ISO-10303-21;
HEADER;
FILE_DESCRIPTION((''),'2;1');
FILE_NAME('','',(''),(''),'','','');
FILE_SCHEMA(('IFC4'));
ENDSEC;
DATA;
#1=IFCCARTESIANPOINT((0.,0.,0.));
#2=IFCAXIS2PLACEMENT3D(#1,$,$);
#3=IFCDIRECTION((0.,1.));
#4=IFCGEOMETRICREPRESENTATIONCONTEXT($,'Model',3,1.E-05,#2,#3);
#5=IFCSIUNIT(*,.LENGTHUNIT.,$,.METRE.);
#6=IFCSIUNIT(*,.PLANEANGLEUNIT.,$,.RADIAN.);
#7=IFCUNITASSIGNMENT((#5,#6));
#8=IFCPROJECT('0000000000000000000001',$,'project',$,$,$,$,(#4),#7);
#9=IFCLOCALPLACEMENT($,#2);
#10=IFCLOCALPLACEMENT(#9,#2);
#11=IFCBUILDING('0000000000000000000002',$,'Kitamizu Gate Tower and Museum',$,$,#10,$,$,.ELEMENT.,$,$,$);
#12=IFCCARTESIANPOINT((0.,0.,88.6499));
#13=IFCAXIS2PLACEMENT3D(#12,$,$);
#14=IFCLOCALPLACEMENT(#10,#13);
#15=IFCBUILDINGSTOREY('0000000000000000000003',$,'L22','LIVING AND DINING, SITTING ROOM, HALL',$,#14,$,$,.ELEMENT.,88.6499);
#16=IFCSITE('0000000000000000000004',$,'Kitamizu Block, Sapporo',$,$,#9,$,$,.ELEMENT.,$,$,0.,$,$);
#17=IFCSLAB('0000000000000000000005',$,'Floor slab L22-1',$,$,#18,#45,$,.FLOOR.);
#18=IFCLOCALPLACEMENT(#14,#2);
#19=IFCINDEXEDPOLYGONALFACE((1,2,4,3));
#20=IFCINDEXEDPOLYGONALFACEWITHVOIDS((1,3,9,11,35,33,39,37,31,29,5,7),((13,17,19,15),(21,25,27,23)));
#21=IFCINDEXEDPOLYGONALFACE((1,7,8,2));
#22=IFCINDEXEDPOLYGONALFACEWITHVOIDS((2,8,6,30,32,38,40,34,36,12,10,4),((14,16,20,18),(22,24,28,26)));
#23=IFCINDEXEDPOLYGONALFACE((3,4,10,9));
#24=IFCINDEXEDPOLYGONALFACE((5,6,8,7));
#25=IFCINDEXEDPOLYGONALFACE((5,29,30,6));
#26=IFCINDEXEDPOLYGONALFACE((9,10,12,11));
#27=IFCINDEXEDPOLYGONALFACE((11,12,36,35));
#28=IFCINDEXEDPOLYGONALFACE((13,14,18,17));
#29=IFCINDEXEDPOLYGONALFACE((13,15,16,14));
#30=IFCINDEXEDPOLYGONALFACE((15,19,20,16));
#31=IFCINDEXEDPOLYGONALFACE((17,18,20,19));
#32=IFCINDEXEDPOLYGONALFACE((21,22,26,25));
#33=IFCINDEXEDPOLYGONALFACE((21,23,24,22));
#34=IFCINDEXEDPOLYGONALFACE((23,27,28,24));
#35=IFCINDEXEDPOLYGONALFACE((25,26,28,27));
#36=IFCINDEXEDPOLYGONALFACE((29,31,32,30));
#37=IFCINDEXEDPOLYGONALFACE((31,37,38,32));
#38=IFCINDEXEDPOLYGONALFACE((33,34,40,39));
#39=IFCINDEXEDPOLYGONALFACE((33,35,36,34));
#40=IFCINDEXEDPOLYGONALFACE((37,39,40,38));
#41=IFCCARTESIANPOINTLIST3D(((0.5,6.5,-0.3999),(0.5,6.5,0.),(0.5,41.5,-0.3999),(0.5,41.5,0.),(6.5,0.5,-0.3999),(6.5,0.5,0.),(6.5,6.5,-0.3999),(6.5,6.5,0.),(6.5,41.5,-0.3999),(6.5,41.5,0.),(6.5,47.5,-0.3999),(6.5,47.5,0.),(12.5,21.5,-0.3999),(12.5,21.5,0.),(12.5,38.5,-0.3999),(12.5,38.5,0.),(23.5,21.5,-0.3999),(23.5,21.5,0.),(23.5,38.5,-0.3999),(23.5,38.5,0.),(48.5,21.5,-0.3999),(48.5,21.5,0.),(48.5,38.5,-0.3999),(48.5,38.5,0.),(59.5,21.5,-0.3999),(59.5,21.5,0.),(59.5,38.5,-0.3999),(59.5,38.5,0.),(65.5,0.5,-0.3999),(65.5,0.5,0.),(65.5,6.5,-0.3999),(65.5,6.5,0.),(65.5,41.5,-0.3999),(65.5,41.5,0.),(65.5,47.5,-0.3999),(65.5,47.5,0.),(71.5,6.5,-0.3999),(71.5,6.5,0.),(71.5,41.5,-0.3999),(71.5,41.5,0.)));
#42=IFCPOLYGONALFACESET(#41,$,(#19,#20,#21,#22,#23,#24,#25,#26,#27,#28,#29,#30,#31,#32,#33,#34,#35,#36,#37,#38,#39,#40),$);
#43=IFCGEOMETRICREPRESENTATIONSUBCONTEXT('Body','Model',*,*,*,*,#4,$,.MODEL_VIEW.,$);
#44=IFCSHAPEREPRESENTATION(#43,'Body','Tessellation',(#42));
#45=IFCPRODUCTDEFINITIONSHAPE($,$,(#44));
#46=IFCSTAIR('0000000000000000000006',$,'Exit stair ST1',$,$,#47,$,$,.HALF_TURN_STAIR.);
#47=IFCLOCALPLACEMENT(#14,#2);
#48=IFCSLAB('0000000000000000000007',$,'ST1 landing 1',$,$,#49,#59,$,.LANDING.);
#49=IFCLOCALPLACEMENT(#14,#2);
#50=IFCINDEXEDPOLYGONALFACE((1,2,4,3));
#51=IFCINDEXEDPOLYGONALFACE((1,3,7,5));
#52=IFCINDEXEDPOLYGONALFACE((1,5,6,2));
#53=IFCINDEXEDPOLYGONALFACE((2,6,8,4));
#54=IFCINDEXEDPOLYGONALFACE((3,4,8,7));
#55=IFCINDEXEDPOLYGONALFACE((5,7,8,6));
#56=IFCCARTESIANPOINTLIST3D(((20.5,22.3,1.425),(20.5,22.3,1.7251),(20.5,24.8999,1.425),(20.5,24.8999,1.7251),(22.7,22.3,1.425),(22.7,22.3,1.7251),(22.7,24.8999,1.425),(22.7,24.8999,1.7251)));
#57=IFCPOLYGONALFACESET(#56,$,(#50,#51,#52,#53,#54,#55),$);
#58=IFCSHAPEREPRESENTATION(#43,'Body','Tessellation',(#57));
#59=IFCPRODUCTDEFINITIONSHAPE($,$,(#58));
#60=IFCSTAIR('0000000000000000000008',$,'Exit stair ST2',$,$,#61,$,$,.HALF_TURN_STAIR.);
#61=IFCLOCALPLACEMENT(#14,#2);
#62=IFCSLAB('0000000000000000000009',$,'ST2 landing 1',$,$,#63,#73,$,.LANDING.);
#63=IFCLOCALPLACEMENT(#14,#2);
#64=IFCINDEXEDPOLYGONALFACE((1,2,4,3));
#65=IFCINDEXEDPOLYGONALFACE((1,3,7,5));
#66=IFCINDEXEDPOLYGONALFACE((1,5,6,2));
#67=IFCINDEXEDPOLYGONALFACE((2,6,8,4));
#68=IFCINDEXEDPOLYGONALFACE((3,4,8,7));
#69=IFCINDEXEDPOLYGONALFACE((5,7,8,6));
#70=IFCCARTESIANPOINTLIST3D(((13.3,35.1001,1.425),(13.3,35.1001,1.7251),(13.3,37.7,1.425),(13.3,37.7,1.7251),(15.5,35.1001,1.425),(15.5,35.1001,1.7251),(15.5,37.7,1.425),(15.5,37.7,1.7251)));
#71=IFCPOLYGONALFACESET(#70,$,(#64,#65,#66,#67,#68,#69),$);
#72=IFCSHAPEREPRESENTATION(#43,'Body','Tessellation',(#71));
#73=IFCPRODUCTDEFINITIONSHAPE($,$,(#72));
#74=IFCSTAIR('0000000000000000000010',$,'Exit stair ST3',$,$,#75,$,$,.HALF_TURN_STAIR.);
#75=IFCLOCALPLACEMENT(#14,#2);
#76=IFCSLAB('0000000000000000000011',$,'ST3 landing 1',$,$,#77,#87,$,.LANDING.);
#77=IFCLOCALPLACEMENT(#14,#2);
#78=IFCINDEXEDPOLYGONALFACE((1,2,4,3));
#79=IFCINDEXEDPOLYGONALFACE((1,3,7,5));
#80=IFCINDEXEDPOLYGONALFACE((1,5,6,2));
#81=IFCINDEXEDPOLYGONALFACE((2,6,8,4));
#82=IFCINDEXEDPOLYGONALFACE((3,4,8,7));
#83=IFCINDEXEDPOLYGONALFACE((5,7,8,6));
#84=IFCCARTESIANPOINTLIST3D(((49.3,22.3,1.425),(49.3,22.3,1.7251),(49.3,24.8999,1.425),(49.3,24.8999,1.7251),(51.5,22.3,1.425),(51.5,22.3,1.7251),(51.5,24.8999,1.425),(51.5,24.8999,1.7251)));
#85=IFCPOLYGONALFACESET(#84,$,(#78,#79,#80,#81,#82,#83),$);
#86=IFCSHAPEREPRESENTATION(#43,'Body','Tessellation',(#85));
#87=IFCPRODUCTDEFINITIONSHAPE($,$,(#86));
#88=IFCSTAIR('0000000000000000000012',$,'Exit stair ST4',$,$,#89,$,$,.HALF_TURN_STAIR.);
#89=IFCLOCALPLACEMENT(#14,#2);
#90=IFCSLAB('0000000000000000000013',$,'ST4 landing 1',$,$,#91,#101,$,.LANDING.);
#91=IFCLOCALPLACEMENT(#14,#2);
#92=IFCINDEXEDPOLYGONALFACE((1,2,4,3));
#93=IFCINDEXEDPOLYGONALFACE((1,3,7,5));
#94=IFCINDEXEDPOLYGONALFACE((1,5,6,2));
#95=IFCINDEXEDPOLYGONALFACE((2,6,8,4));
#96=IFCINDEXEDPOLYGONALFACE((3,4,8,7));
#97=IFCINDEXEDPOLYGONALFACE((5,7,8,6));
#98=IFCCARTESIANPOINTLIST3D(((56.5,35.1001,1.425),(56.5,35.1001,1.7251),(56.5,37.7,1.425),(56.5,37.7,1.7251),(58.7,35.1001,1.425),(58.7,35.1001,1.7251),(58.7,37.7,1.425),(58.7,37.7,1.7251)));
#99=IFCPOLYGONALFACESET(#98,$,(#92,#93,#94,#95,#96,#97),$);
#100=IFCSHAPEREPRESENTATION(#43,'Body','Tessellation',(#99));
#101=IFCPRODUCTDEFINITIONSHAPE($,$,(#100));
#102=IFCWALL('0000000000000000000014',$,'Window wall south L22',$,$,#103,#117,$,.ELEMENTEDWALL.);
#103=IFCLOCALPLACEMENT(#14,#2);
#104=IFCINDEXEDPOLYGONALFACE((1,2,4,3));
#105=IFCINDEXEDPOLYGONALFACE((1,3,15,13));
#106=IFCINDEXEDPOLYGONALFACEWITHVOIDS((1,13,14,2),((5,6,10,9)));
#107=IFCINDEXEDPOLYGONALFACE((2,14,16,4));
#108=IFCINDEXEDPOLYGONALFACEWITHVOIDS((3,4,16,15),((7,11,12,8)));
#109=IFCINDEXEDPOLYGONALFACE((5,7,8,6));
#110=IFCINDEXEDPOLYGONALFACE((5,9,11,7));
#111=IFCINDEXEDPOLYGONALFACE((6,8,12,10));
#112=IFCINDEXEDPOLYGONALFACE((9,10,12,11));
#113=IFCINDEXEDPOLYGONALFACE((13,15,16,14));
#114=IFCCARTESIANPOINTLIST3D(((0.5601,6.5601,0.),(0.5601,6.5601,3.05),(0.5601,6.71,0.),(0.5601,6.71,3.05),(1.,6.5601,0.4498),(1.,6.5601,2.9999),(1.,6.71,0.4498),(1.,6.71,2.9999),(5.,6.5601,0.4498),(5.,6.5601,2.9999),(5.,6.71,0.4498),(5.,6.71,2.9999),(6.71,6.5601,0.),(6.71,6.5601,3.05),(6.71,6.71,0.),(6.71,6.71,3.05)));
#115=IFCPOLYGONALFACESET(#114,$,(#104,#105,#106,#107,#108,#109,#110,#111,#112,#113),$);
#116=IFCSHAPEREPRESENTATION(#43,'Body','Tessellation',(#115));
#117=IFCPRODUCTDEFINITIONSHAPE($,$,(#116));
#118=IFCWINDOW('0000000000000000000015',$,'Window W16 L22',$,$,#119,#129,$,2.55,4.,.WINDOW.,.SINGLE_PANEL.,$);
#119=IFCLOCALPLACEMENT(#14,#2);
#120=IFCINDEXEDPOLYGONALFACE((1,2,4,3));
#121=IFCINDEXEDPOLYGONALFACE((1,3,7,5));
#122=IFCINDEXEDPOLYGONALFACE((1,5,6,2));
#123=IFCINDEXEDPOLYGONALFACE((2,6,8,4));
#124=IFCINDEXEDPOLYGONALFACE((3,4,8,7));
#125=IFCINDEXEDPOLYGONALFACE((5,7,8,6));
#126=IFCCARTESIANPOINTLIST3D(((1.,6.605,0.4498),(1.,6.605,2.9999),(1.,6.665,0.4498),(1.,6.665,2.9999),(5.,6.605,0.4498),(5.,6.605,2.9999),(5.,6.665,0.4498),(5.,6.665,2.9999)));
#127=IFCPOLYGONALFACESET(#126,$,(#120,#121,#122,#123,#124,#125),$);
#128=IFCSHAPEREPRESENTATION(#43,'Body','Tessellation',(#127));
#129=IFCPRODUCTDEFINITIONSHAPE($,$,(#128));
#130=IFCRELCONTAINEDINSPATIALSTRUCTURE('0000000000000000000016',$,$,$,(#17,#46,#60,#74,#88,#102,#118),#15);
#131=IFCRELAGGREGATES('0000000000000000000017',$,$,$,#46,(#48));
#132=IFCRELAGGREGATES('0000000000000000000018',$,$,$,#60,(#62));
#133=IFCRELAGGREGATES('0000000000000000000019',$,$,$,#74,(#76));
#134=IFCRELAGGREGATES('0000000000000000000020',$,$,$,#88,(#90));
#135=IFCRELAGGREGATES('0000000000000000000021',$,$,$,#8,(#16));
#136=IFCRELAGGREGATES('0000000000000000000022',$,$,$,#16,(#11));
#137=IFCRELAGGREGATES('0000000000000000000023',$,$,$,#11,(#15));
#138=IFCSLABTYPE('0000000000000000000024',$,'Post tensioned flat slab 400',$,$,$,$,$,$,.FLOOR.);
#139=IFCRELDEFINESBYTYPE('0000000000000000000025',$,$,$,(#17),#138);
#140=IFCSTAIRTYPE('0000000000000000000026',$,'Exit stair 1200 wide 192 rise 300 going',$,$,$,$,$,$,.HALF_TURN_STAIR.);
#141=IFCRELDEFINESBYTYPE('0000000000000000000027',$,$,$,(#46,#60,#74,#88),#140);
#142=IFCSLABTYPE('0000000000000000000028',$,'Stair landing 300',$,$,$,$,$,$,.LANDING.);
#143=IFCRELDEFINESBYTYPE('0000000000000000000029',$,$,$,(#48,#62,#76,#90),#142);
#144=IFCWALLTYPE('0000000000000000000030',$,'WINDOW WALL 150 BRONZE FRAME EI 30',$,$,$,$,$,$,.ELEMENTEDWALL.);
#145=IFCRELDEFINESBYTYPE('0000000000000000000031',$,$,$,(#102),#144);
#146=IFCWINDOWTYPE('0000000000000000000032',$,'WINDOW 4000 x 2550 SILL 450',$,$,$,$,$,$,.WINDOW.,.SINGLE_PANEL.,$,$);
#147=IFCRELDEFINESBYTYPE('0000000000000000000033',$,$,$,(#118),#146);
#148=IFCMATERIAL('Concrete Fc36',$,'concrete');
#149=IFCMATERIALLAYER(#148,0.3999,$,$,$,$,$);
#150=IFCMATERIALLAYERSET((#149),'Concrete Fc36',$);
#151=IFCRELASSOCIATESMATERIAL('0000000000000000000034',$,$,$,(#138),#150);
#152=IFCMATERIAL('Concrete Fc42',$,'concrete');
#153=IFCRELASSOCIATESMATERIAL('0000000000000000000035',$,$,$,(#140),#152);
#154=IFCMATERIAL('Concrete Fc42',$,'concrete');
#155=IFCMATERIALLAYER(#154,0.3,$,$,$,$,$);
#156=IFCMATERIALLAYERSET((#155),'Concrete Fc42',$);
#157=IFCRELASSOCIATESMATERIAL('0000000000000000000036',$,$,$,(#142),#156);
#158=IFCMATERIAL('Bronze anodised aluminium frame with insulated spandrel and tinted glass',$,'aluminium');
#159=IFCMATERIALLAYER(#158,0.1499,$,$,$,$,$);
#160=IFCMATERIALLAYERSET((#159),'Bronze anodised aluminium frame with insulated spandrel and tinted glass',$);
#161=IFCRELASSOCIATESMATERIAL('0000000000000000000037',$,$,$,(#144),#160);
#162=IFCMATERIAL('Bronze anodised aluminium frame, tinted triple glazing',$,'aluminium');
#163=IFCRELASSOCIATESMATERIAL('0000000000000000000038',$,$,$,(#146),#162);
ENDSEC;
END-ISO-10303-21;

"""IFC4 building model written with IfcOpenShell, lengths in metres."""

from ifc_helpers import new_model, si_unit, direction, frame, frame_2d, origin, place, context, subcontext, project, spatial, polyline, rectangle, outline, extrude, material, layer, layer_set, type_object, element, fill, aggregate, save


model = new_model("IFC4")

# Units and contexts
model_context = context("Model", 3, precision=1e-05, world=origin(), true_north=direction((0.0, 1.0)))
body_context = subcontext(model_context, "Body", "Model", "MODEL_VIEW")
ifc_project = project(units=[si_unit("LENGTHUNIT", "METRE"), si_unit("PLANEANGLEUNIT", "RADIAN")], contexts=[model_context])

# Site, building, storey
site_placement = place(None, origin())
site = spatial("IfcSite", under=ifc_project, at=site_placement, Name="Kitamizu Block, Sapporo", CompositionType="ELEMENT", RefElevation=0.0)
building_placement = place(site_placement, origin())
building = spatial("IfcBuilding", under=site, at=building_placement, Name="Kitamizu Gate Tower and Museum", CompositionType="ELEMENT")
storey_placement = place(building_placement, frame((0.0, 0.0, 88.6499)))
storey = spatial("IfcBuildingStorey", under=building, at=storey_placement, Name="L22", Description="LIVING AND DINING, SITTING ROOM, HALL", CompositionType="ELEMENT", Elevation=88.6499)

# Slab
ifc_material_1 = material(Name="Concrete Fc36", Category="concrete")
ifc_layer_1 = layer(ifc_material_1, 0.3999)
ifc_layer_set_1 = layer_set([ifc_layer_1], Name="Concrete Fc36")
slab_type_1 = type_object("IfcSlabType", Name="Post tensioned flat slab 400", PredefinedType="FLOOR", material=ifc_layer_set_1)
slab_1_placement = place(storey_placement, frame((0.0, 0.0, -0.3999)))
element("IfcSlab", 1, at=slab_1_placement, inside=storey, type_object=slab_type_1, Name="Floor slab L22-1", PredefinedType="FLOOR", context=body_context, shape_type="SweptSolid", body=[
    extrude(outline(polyline([(0.5, 6.5), (0.5, 41.5), (6.5, 41.5), (6.5, 47.5), (65.5, 47.5), (65.5, 41.5), (71.5, 41.5), (71.5, 6.5), (65.5, 6.5), (65.5, 0.5), (6.5, 0.5), (6.5, 6.5), (0.5, 6.5)]), holes=[polyline([(59.5, 38.5), (48.5, 38.5), (48.5, 21.5), (59.5, 21.5), (59.5, 38.5)]), polyline([(12.5, 38.5), (12.5, 21.5), (23.5, 21.5), (23.5, 38.5), (12.5, 38.5)])]), origin(), (0.0, 0.0, 1.0), 0.3999),
])

# Stairs, slabs
ifc_material_2 = material(Name="Concrete Fc42", Category="concrete")
stair_type = type_object("IfcStairType", Name="Exit stair 1200 wide 192 rise 300 going", PredefinedType="HALF_TURN_STAIR", material=ifc_material_2)
stair_1_placement = place(storey_placement, origin())
stair_1 = element("IfcStair", 2, at=stair_1_placement, inside=storey, type_object=stair_type, Name="Exit stair ST1", PredefinedType="HALF_TURN_STAIR")
ifc_material_3 = material(Name="Concrete Fc42", Category="concrete")
ifc_layer_2 = layer(ifc_material_3, 0.3)
ifc_layer_set_2 = layer_set([ifc_layer_2], Name="Concrete Fc42")
slab_type_2 = type_object("IfcSlabType", Name="Stair landing 300", PredefinedType="LANDING", material=ifc_layer_set_2)
slab_2_placement = place(storey_placement, frame((0.0, 0.0, 1.425)))
slab_2 = element("IfcSlab", 3, at=slab_2_placement, type_object=slab_type_2, Name="ST1 landing 1", PredefinedType="LANDING", context=body_context, shape_type="SweptSolid", body=[
    extrude(outline(polyline([(20.5, 22.3), (22.7, 22.3), (22.7, 24.8999), (20.5, 24.8999), (20.5, 22.3)])), origin(), (0.0, 0.0, 1.0), 0.3),
])
aggregate(stair_1, [slab_2])
stair_2_placement = place(storey_placement, origin())
stair_2 = element("IfcStair", 4, at=stair_2_placement, inside=storey, type_object=stair_type, Name="Exit stair ST2", PredefinedType="HALF_TURN_STAIR")
slab_3_placement = place(storey_placement, frame((0.0, 0.0, 1.425)))
slab_3 = element("IfcSlab", 5, at=slab_3_placement, type_object=slab_type_2, Name="ST2 landing 1", PredefinedType="LANDING", context=body_context, shape_type="SweptSolid", body=[
    extrude(outline(polyline([(13.3, 35.1001), (15.5, 35.1001), (15.5, 37.7), (13.3, 37.7), (13.3, 35.1001)])), origin(), (0.0, 0.0, 1.0), 0.3),
])
aggregate(stair_2, [slab_3])
stair_3_placement = place(storey_placement, origin())
stair_3 = element("IfcStair", 6, at=stair_3_placement, inside=storey, type_object=stair_type, Name="Exit stair ST3", PredefinedType="HALF_TURN_STAIR")
slab_4_placement = place(storey_placement, frame((0.0, 0.0, 1.425)))
slab_4 = element("IfcSlab", 7, at=slab_4_placement, type_object=slab_type_2, Name="ST3 landing 1", PredefinedType="LANDING", context=body_context, shape_type="SweptSolid", body=[
    extrude(outline(polyline([(49.3, 22.3), (51.5, 22.3), (51.5, 24.8999), (49.3, 24.8999), (49.3, 22.3)])), origin(), (0.0, 0.0, 1.0), 0.3),
])
aggregate(stair_3, [slab_4])
stair_4_placement = place(storey_placement, origin())
stair_4 = element("IfcStair", 8, at=stair_4_placement, inside=storey, type_object=stair_type, Name="Exit stair ST4", PredefinedType="HALF_TURN_STAIR")
slab_5_placement = place(storey_placement, frame((0.0, 0.0, 1.425)))
slab_5 = element("IfcSlab", 9, at=slab_5_placement, type_object=slab_type_2, Name="ST4 landing 1", PredefinedType="LANDING", context=body_context, shape_type="SweptSolid", body=[
    extrude(outline(polyline([(56.5, 35.1001), (58.7, 35.1001), (58.7, 37.7), (56.5, 37.7), (56.5, 35.1001)])), origin(), (0.0, 0.0, 1.0), 0.3),
])
aggregate(stair_4, [slab_5])

# Wall, opening, window
ifc_material_4 = material(Name="Bronze anodised aluminium frame with insulated spandrel and tinted glass", Category="aluminium")
ifc_layer_3 = layer(ifc_material_4, 0.1499)
ifc_layer_set_3 = layer_set([ifc_layer_3], Name="Bronze anodised aluminium frame with insulated spandrel and tinted glass")
wall_type = type_object("IfcWallType", Name="WINDOW WALL 150 BRONZE FRAME EI 30", PredefinedType="ELEMENTEDWALL", material=ifc_layer_set_3)
wall_placement = place(storey_placement, frame((0.5601, 6.635, 0.0), z_axis=(0.0, 0.0, 1.0), x_axis=(1.0, 0.0, 0.0)))
wall = element("IfcWall", 10, at=wall_placement, inside=storey, type_object=wall_type, Name="Window wall south L22", PredefinedType="ELEMENTEDWALL", context=body_context, shape_type="SweptSolid", body=[
    extrude(rectangle(XDim=6.1499, YDim=0.1499, at=frame_2d((3.075, 0.0))), origin(), (0.0, 0.0, 1.0), 3.05),
])
opening_placement = place(wall_placement, frame((0.4399, 0.0, 0.45)))
opening = element("IfcOpeningElement", 11, at=opening_placement, cuts=wall, PredefinedType="OPENING", context=body_context, shape_type="SweptSolid", body=[
    extrude(rectangle(XDim=4.0, YDim=2.55, at=frame_2d((2.0, 1.2749))), frame((0.0, 0.085, 0.0), z_axis=(0.0, -1.0, 0.0), x_axis=(1.0, 0.0, 0.0)), (0.0, 0.0, 1.0), 0.1699),
])
ifc_material_5 = material(Name="Bronze anodised aluminium frame, tinted triple glazing", Category="aluminium")
window_type = type_object("IfcWindowType", Name="WINDOW 4000 x 2550 SILL 450", PartitioningType="SINGLE_PANEL", PredefinedType="WINDOW", material=ifc_material_5)
window_placement = place(opening_placement, origin())
window = element("IfcWindow", 12, at=window_placement, inside=storey, type_object=window_type, Name="Window W16 L22", OverallHeight=2.55, OverallWidth=4.0, PartitioningType="SINGLE_PANEL", PredefinedType="WINDOW", context=body_context, shape_type="SweptSolid", body=[
    extrude(rectangle(XDim=4.0, YDim=2.55, at=frame_2d((2.0, 1.2749))), frame((0.0, 0.03, 0.0), z_axis=(0.0, -1.0, 0.0), x_axis=(1.0, 0.0, 0.0)), (0.0, 0.0, 1.0), 0.0601),
])
fill(opening, window)

save(model, "model.ifc")
